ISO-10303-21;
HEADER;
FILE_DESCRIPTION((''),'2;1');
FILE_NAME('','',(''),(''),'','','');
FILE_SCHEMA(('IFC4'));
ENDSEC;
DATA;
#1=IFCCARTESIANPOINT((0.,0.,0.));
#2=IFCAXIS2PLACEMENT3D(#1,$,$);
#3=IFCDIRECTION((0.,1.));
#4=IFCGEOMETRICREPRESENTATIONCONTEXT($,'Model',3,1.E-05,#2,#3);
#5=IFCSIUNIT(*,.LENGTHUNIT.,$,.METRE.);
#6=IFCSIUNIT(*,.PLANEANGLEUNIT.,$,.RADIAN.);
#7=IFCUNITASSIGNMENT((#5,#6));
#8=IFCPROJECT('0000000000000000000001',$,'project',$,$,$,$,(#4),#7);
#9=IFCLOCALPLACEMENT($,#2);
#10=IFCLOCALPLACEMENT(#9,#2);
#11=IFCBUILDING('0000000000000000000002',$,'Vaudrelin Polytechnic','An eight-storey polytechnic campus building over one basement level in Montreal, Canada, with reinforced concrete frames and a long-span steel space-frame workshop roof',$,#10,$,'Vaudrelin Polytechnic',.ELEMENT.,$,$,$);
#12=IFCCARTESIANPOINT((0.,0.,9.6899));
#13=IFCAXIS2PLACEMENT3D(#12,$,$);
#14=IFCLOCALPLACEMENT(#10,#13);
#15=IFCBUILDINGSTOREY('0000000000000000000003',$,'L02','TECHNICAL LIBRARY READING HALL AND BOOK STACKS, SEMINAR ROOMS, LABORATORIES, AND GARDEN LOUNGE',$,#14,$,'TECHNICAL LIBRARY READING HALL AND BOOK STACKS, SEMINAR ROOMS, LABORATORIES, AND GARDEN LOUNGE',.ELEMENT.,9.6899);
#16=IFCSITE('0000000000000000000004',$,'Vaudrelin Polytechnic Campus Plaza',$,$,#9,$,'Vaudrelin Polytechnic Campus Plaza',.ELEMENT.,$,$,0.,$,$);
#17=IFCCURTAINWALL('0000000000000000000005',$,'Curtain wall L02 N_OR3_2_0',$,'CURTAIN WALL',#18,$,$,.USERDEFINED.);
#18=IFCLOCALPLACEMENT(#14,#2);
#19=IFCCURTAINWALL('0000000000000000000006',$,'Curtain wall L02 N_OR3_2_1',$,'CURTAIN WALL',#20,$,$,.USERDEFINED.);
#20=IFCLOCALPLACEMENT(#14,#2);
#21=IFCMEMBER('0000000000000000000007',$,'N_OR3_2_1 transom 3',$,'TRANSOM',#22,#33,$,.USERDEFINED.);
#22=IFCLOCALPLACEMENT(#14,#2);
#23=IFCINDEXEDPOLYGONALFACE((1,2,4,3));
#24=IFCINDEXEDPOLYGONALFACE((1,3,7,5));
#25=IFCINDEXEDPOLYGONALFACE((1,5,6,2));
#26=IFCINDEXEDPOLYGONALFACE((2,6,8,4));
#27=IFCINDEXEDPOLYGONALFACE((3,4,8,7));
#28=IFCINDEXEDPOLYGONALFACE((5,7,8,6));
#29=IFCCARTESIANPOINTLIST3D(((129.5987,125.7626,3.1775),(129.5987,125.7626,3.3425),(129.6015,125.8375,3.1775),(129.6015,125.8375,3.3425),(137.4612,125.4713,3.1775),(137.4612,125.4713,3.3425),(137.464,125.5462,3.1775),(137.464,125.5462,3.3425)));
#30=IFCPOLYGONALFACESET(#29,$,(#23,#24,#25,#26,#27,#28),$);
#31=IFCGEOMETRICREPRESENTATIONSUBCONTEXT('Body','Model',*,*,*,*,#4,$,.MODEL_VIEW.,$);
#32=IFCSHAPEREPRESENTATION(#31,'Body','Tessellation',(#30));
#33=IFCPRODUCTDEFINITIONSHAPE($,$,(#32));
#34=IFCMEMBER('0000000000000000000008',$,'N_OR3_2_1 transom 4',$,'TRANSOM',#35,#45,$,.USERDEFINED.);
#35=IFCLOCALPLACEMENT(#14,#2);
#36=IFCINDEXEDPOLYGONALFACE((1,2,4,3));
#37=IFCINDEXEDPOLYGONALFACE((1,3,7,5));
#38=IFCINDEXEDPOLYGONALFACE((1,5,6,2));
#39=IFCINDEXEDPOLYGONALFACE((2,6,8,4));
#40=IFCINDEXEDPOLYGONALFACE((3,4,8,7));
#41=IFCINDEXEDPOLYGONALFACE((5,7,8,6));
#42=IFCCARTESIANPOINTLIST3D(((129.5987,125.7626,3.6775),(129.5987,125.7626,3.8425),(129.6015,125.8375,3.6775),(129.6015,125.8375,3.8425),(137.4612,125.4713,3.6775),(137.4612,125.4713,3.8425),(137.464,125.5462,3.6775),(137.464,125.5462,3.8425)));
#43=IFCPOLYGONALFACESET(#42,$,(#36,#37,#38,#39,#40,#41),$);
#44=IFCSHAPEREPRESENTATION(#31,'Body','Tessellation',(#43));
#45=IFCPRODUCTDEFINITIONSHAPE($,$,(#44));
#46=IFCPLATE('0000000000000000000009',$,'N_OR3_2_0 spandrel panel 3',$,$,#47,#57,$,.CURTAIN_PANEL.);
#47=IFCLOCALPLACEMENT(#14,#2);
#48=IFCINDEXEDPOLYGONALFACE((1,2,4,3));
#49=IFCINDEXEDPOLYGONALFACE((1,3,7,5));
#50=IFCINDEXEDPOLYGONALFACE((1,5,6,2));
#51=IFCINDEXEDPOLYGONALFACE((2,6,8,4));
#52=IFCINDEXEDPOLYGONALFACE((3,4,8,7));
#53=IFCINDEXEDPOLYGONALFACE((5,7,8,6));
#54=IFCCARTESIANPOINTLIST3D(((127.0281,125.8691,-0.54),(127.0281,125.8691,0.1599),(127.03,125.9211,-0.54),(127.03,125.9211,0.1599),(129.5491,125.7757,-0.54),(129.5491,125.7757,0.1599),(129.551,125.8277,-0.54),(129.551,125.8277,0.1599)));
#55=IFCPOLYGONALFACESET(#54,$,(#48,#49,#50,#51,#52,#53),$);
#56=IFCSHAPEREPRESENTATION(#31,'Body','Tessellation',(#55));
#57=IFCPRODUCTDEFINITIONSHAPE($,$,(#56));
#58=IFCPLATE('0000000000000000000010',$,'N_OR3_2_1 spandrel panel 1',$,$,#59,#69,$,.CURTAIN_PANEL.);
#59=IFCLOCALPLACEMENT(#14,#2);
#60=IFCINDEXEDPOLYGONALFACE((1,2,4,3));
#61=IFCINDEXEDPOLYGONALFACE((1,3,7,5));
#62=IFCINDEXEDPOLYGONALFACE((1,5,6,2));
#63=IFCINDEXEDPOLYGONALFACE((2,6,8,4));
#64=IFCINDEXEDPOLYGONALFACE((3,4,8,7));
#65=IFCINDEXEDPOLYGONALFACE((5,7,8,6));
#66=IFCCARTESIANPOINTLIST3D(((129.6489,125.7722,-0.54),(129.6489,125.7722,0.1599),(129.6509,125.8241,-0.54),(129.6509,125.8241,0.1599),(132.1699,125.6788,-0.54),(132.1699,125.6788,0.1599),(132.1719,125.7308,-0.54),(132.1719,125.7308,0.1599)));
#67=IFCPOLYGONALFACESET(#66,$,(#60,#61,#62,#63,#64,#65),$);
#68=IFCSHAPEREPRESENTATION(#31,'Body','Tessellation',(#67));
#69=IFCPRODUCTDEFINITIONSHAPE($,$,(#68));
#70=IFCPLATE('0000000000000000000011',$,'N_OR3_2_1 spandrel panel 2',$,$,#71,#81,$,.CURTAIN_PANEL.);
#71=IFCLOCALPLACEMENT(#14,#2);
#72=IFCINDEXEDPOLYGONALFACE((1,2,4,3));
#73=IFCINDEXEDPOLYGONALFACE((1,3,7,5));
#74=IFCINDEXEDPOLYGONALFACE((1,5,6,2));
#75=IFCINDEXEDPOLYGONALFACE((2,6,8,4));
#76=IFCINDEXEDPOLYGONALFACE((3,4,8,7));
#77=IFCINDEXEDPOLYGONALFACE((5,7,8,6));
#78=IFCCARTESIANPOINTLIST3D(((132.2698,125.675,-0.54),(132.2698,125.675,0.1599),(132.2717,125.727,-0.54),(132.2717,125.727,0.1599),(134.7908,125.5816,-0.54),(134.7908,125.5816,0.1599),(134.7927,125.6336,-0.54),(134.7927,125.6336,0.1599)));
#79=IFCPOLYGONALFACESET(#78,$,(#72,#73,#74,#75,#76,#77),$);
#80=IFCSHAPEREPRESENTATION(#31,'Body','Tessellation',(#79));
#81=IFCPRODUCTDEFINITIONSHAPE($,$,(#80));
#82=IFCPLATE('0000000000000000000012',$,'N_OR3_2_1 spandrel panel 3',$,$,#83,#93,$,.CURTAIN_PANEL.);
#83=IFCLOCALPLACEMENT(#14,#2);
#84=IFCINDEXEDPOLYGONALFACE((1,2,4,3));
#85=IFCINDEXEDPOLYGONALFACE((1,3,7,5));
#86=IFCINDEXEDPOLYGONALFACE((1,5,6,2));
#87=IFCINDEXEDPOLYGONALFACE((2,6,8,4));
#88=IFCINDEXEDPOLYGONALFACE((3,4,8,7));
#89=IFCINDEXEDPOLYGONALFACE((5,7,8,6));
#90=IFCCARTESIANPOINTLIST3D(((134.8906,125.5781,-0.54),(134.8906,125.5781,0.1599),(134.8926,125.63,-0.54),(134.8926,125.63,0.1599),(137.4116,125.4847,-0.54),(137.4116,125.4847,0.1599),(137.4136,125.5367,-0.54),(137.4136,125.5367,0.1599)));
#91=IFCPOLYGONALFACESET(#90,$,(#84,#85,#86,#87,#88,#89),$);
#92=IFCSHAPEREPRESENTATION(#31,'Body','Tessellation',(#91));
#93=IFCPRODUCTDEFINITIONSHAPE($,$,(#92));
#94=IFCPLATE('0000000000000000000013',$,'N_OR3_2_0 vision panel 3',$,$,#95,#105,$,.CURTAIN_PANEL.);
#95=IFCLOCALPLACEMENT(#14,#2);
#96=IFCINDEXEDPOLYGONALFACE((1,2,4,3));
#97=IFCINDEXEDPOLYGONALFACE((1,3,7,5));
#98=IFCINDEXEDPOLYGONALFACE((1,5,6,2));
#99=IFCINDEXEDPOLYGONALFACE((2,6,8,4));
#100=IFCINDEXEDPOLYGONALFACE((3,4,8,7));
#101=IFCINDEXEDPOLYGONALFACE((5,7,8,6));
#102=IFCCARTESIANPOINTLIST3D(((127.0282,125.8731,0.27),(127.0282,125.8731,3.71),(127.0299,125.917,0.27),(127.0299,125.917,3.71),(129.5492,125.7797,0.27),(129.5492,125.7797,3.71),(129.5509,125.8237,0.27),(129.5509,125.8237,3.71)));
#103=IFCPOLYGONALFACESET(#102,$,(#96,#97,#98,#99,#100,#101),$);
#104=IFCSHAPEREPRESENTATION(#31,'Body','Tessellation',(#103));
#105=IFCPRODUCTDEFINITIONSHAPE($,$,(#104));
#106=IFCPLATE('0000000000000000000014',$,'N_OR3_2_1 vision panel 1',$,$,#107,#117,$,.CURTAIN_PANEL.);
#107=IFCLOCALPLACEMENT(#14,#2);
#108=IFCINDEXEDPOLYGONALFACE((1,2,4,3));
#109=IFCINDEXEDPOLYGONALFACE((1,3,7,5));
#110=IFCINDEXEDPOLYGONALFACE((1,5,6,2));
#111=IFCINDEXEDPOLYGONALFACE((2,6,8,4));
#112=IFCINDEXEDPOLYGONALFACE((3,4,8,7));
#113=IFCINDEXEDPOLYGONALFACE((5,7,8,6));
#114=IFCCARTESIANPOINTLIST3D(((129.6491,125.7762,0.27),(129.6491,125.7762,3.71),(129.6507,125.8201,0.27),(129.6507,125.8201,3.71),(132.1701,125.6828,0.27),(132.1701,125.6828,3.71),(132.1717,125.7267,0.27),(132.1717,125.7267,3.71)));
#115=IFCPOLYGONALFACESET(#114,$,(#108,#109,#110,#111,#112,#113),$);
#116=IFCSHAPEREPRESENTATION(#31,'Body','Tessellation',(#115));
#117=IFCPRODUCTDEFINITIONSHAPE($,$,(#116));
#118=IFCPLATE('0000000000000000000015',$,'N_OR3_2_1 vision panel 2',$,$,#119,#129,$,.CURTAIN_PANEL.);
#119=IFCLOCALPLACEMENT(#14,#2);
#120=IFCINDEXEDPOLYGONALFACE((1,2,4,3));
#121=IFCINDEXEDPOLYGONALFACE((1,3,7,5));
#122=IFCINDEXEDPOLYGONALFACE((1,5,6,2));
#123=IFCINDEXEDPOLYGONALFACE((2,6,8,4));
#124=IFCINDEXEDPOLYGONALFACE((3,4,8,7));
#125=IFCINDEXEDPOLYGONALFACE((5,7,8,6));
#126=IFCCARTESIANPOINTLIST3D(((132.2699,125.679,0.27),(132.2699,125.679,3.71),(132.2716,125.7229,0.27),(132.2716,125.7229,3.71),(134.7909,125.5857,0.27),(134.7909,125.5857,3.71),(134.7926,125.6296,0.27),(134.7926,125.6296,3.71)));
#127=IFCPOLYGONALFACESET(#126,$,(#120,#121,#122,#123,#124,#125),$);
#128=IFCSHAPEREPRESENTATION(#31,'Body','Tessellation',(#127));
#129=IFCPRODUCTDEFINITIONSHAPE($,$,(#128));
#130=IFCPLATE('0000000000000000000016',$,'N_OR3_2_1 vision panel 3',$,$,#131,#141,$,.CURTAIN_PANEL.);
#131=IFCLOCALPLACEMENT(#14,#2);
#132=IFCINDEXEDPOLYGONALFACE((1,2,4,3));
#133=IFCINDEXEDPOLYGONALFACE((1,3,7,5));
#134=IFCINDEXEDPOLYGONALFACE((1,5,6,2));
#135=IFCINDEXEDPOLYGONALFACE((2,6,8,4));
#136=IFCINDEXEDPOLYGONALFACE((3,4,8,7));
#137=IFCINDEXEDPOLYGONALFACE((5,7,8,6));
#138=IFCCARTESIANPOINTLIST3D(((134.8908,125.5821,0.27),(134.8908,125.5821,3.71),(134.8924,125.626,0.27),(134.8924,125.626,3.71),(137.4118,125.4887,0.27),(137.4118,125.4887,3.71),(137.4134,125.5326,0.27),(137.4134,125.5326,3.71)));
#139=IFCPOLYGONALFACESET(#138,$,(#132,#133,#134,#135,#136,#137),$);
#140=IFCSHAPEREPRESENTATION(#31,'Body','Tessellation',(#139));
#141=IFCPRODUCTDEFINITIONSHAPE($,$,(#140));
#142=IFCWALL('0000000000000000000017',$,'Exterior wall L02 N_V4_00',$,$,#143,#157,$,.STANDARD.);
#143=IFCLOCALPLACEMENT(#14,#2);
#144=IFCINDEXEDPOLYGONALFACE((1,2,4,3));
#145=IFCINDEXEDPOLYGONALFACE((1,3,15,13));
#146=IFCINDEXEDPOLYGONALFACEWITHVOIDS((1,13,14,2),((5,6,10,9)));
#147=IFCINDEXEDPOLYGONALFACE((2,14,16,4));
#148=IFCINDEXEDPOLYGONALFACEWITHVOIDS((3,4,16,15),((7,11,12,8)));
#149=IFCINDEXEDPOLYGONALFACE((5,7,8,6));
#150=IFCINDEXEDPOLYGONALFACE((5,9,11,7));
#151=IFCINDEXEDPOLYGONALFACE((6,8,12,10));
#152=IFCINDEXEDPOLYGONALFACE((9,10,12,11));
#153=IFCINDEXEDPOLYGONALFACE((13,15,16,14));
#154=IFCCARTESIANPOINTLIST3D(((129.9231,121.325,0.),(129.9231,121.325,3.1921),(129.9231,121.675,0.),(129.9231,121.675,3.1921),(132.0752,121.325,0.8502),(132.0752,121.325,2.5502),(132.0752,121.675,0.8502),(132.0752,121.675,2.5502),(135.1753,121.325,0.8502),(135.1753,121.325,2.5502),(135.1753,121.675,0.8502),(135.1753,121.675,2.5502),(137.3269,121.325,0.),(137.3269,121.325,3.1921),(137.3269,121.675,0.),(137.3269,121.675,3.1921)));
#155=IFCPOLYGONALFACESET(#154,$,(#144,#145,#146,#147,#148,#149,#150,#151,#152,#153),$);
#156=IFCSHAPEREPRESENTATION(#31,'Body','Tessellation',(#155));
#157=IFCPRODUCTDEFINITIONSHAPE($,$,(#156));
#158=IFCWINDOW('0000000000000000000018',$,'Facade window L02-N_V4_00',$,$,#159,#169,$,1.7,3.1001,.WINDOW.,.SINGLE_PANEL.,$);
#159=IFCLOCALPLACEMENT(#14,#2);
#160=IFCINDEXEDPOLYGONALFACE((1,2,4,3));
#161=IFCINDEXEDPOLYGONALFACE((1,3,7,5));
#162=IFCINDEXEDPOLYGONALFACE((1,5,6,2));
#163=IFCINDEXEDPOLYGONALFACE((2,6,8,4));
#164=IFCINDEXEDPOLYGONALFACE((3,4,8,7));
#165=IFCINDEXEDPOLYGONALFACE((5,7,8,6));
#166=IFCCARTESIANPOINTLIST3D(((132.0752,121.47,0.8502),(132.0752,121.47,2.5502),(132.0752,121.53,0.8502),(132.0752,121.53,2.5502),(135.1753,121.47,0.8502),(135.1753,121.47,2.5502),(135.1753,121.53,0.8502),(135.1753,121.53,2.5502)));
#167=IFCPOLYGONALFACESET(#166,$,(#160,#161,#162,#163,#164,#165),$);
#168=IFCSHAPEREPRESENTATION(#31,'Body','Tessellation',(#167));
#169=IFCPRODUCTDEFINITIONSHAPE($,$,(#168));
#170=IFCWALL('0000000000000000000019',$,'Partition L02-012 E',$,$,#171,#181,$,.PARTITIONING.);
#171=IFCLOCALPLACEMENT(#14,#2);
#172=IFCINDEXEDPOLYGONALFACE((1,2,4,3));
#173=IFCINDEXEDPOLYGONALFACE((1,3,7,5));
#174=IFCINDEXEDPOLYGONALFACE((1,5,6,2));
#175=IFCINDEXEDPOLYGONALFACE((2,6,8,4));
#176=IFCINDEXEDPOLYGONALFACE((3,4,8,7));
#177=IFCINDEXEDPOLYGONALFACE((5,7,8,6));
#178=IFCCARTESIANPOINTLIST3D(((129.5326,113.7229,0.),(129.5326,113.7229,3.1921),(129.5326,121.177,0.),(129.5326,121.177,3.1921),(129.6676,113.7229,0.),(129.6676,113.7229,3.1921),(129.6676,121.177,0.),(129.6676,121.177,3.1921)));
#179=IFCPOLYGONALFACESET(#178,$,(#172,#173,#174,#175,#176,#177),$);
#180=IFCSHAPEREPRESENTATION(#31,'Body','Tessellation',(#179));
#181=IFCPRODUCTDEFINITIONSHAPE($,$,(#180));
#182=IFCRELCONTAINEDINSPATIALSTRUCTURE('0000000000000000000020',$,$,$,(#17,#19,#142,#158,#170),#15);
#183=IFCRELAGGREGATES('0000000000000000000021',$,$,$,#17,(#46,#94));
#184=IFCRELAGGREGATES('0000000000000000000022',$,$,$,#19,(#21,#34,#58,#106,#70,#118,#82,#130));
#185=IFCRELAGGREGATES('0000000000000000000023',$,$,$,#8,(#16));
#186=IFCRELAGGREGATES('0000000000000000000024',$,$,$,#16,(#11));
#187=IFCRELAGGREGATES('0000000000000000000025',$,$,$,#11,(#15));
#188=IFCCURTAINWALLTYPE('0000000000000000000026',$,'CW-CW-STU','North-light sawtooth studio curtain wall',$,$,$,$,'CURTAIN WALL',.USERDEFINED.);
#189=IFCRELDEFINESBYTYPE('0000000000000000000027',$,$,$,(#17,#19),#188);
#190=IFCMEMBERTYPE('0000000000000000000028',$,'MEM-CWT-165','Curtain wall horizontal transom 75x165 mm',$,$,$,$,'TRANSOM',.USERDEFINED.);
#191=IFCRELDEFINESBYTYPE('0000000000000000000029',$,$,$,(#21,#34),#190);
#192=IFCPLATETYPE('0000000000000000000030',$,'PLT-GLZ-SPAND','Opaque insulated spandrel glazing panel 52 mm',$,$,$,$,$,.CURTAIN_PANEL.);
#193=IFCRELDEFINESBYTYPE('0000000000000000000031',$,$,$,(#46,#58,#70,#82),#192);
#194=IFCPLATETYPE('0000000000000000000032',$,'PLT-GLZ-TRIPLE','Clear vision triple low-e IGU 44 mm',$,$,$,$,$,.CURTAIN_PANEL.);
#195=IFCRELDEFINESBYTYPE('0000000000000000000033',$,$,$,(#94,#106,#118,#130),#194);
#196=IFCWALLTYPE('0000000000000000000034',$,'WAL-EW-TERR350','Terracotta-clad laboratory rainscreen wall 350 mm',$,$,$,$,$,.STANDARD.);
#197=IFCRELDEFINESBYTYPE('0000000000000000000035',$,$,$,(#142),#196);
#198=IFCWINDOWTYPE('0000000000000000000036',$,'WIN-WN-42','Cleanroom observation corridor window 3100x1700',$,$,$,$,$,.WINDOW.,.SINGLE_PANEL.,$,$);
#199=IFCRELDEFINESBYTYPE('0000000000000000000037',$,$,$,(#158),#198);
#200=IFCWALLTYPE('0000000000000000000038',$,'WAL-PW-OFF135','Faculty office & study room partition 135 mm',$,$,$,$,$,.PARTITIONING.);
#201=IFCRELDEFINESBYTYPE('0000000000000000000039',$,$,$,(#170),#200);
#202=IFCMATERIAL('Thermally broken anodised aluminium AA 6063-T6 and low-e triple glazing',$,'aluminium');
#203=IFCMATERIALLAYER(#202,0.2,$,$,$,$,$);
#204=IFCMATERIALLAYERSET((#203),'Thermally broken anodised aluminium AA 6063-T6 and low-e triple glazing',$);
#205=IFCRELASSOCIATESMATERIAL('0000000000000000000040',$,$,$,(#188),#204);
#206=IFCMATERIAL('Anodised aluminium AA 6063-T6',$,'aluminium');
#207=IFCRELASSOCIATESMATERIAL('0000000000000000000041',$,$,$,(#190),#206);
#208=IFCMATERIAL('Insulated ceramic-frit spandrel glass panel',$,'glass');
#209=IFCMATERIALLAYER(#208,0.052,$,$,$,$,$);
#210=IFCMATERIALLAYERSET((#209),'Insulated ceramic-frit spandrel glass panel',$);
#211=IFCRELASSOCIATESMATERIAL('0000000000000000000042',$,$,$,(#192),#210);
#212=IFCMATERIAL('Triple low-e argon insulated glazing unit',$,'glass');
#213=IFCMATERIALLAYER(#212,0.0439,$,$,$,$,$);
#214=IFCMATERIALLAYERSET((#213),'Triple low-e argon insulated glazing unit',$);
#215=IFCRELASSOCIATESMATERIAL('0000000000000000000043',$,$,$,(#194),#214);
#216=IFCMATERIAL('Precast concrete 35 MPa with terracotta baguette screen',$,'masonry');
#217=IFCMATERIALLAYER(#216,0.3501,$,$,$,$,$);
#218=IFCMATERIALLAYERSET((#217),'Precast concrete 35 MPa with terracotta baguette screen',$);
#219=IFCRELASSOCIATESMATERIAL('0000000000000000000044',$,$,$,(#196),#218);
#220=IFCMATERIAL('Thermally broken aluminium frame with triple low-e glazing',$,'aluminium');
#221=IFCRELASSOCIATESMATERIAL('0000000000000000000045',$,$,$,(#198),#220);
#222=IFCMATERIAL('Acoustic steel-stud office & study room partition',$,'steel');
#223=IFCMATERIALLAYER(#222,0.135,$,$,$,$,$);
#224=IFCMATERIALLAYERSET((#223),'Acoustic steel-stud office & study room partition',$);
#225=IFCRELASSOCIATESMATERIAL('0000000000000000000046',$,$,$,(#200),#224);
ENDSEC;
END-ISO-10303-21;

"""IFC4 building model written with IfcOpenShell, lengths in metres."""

from ifc_helpers import new_model, si_unit, direction, frame, frame_2d, origin, origin_2d, place, context, subcontext, project, spatial, rectangle, extrude, material, layer, layer_set, material_profile, profile_set, type_object, element, fill, aggregate, save


model = new_model("IFC4")

# Units and contexts
model_context = context("Model", 3, precision=1e-05, world=origin(), true_north=direction((0.0, 1.0)))
body_context = subcontext(model_context, "Body", "Model", "MODEL_VIEW")
ifc_project = project(units=[si_unit("LENGTHUNIT", "METRE"), si_unit("PLANEANGLEUNIT", "RADIAN")], contexts=[model_context])

# Site, building, storey
site_placement = place(None, origin())
site = spatial("IfcSite", under=ifc_project, at=site_placement, Name="Vaudrelin Polytechnic Campus Plaza", LongName="Vaudrelin Polytechnic Campus Plaza", CompositionType="ELEMENT", RefElevation=0.0)
building_placement = place(site_placement, origin())
building = spatial("IfcBuilding", under=site, at=building_placement, Name="Vaudrelin Polytechnic", Description="An eight-storey polytechnic campus building over one basement level in Montreal, Canada, with reinforced concrete frames and a long-span steel space-frame workshop roof", LongName="Vaudrelin Polytechnic", CompositionType="ELEMENT")
storey_placement = place(building_placement, frame((0.0, 0.0, 9.6899)))
storey = spatial("IfcBuildingStorey", under=building, at=storey_placement, Name="L02", Description="TECHNICAL LIBRARY READING HALL AND BOOK STACKS, SEMINAR ROOMS, LABORATORIES, AND GARDEN LOUNGE", LongName="TECHNICAL LIBRARY READING HALL AND BOOK STACKS, SEMINAR ROOMS, LABORATORIES, AND GARDEN LOUNGE", CompositionType="ELEMENT", Elevation=9.6899)

# Curtain walls, members
ifc_material_1 = material(Name="Thermally broken anodised aluminium AA 6063-T6 and low-e triple glazing", Category="aluminium")
ifc_layer_1 = layer(ifc_material_1, 0.2)
ifc_layer_set_1 = layer_set([ifc_layer_1], Name="Thermally broken anodised aluminium AA 6063-T6 and low-e triple glazing")
curtain_wall_type = type_object("IfcCurtainWallType", Name="CW-CW-STU", Description="North-light sawtooth studio curtain wall", ElementType="CURTAIN WALL", PredefinedType="USERDEFINED", material=ifc_layer_set_1)
curtain_wall_1_placement = place(storey_placement, origin())
curtain_wall_1 = element("IfcCurtainWall", 1, at=curtain_wall_1_placement, inside=storey, type_object=curtain_wall_type, Name="Curtain wall L02 N_OR3_2_0", ObjectType="CURTAIN WALL", PredefinedType="USERDEFINED")
ifc_material_2 = material(Name="Anodised aluminium AA 6063-T6", Category="aluminium")
curtain_wall_2_placement = place(storey_placement, origin())
curtain_wall_2 = element("IfcCurtainWall", 2, at=curtain_wall_2_placement, inside=storey, type_object=curtain_wall_type, Name="Curtain wall L02 N_OR3_2_1", ObjectType="CURTAIN WALL", PredefinedType="USERDEFINED")
ifc_material_profile_1 = material_profile(ifc_material_2, rectangle(XDim=0.075, YDim=0.165, at=origin_2d()), Name="CWT-75x165")
ifc_profile_set_1 = profile_set([ifc_material_profile_1], Name="Anodised aluminium AA 6063-T6")
member_type_1 = type_object("IfcMemberType", Name="MEM-CWT-165", Description="Curtain wall horizontal transom 75x165 mm", ElementType="TRANSOM", PredefinedType="USERDEFINED", material=ifc_profile_set_1)
member_1_placement = place(storey_placement, frame((129.6001, 125.8, 3.26), z_axis=(0.999315, -0.037019, 0.0), x_axis=(0.037019, 0.999315, 0.0)))
member_1 = element("IfcMember", 3, at=member_1_placement, type_object=member_type_1, Name="N_OR3_2_1 transom 3", ObjectType="TRANSOM", PredefinedType="USERDEFINED", context=body_context, shape_type="SweptSolid", body=[
    extrude(rectangle(XDim=0.075, YDim=0.165, at=origin_2d()), origin(), (0.0, 0.0, 1.0), 7.8679),
])
member_2_placement = place(storey_placement, frame((129.6001, 125.8, 3.76), z_axis=(0.999315, -0.037019, 0.0), x_axis=(0.037019, 0.999315, 0.0)))
member_2 = element("IfcMember", 4, at=member_2_placement, type_object=member_type_1, Name="N_OR3_2_1 transom 4", ObjectType="TRANSOM", PredefinedType="USERDEFINED", context=body_context, shape_type="SweptSolid", body=[
    extrude(rectangle(XDim=0.075, YDim=0.165, at=origin_2d()), origin(), (0.0, 0.0, 1.0), 7.8679),
])

# Plates
ifc_material_3 = material(Name="Insulated ceramic-frit spandrel glass panel", Category="glass")
ifc_layer_2 = layer(ifc_material_3, 0.052)
ifc_layer_set_2 = layer_set([ifc_layer_2], Name="Insulated ceramic-frit spandrel glass panel")
plate_type_1 = type_object("IfcPlateType", Name="PLT-GLZ-SPAND", Description="Opaque insulated spandrel glazing panel 52 mm", PredefinedType="CURTAIN_PANEL", material=ifc_layer_set_2)
plate_1_placement = place(storey_placement, frame((128.2896, 125.8484, -0.54), z_axis=(0.0, 0.0, 1.0), x_axis=(0.999315, -0.037011, 0.0)))
plate_1 = element("IfcPlate", 5, at=plate_1_placement, type_object=plate_type_1, Name="N_OR3_2_0 spandrel panel 3", PredefinedType="CURTAIN_PANEL", context=body_context, shape_type="SweptSolid", body=[
    extrude(rectangle(XDim=2.5227, YDim=0.052, at=origin_2d()), origin(), (0.0, 0.0, 1.0), 0.7),
])
plate_2_placement = place(storey_placement, frame((130.9104, 125.7515, -0.54), z_axis=(0.0, 0.0, 1.0), x_axis=(0.999315, -0.037011, 0.0)))
plate_2 = element("IfcPlate", 6, at=plate_2_placement, type_object=plate_type_1, Name="N_OR3_2_1 spandrel panel 1", PredefinedType="CURTAIN_PANEL", context=body_context, shape_type="SweptSolid", body=[
    extrude(rectangle(XDim=2.5227, YDim=0.052, at=origin_2d()), origin(), (0.0, 0.0, 1.0), 0.7),
])
plate_3_placement = place(storey_placement, frame((133.5312, 125.6543, -0.54), z_axis=(0.0, 0.0, 1.0), x_axis=(0.999315, -0.037011, 0.0)))
plate_3 = element("IfcPlate", 7, at=plate_3_placement, type_object=plate_type_1, Name="N_OR3_2_1 spandrel panel 2", PredefinedType="CURTAIN_PANEL", context=body_context, shape_type="SweptSolid", body=[
    extrude(rectangle(XDim=2.5227, YDim=0.052, at=origin_2d()), origin(), (0.0, 0.0, 1.0), 0.7),
])
plate_4_placement = place(storey_placement, frame((136.1521, 125.5574, -0.54), z_axis=(0.0, 0.0, 1.0), x_axis=(0.999315, -0.037011, 0.0)))
plate_4 = element("IfcPlate", 8, at=plate_4_placement, type_object=plate_type_1, Name="N_OR3_2_1 spandrel panel 3", PredefinedType="CURTAIN_PANEL", context=body_context, shape_type="SweptSolid", body=[
    extrude(rectangle(XDim=2.5227, YDim=0.052, at=origin_2d()), origin(), (0.0, 0.0, 1.0), 0.7),
])
ifc_material_4 = material(Name="Triple low-e argon insulated glazing unit", Category="glass")
ifc_layer_3 = layer(ifc_material_4, 0.0439)
ifc_layer_set_3 = layer_set([ifc_layer_3], Name="Triple low-e argon insulated glazing unit")
plate_type_2 = type_object("IfcPlateType", Name="PLT-GLZ-TRIPLE", Description="Clear vision triple low-e IGU 44 mm", PredefinedType="CURTAIN_PANEL", material=ifc_layer_set_3)
plate_5_placement = place(storey_placement, frame((128.2896, 125.8484, 0.27), z_axis=(0.0, 0.0, 1.0), x_axis=(0.999315, -0.037011, 0.0)))
plate_5 = element("IfcPlate", 9, at=plate_5_placement, type_object=plate_type_2, Name="N_OR3_2_0 vision panel 3", PredefinedType="CURTAIN_PANEL", context=body_context, shape_type="SweptSolid", body=[
    extrude(rectangle(XDim=2.5227, YDim=0.0439, at=origin_2d()), origin(), (0.0, 0.0, 1.0), 3.4399),
])
aggregate(curtain_wall_1, [plate_1, plate_5])
plate_6_placement = place(storey_placement, frame((130.9104, 125.7515, 0.27), z_axis=(0.0, 0.0, 1.0), x_axis=(0.999315, -0.037011, 0.0)))
plate_6 = element("IfcPlate", 10, at=plate_6_placement, type_object=plate_type_2, Name="N_OR3_2_1 vision panel 1", PredefinedType="CURTAIN_PANEL", context=body_context, shape_type="SweptSolid", body=[
    extrude(rectangle(XDim=2.5227, YDim=0.0439, at=origin_2d()), origin(), (0.0, 0.0, 1.0), 3.4399),
])
plate_7_placement = place(storey_placement, frame((133.5312, 125.6543, 0.27), z_axis=(0.0, 0.0, 1.0), x_axis=(0.999315, -0.037011, 0.0)))
plate_7 = element("IfcPlate", 11, at=plate_7_placement, type_object=plate_type_2, Name="N_OR3_2_1 vision panel 2", PredefinedType="CURTAIN_PANEL", context=body_context, shape_type="SweptSolid", body=[
    extrude(rectangle(XDim=2.5227, YDim=0.0439, at=origin_2d()), origin(), (0.0, 0.0, 1.0), 3.4399),
])
plate_8_placement = place(storey_placement, frame((136.1521, 125.5574, 0.27), z_axis=(0.0, 0.0, 1.0), x_axis=(0.999315, -0.037011, 0.0)))
plate_8 = element("IfcPlate", 12, at=plate_8_placement, type_object=plate_type_2, Name="N_OR3_2_1 vision panel 3", PredefinedType="CURTAIN_PANEL", context=body_context, shape_type="SweptSolid", body=[
    extrude(rectangle(XDim=2.5227, YDim=0.0439, at=origin_2d()), origin(), (0.0, 0.0, 1.0), 3.4399),
])
aggregate(curtain_wall_2, [member_1, member_2, plate_2, plate_6, plate_3, plate_7, plate_4, plate_8])

# Wall, opening, window
ifc_material_5 = material(Name="Precast concrete 35 MPa with terracotta baguette screen", Category="masonry")
ifc_layer_4 = layer(ifc_material_5, 0.3501)
ifc_layer_set_4 = layer_set([ifc_layer_4], Name="Precast concrete 35 MPa with terracotta baguette screen")
wall_type_1 = type_object("IfcWallType", Name="WAL-EW-TERR350", Description="Terracotta-clad laboratory rainscreen wall 350 mm", PredefinedType="STANDARD", material=ifc_layer_set_4)
wall_1_placement = place(storey_placement, frame((129.9231, 121.5, 0.0), z_axis=(0.0, 0.0, 1.0), x_axis=(1.0, 0.0, 0.0)))
wall_1 = element("IfcWall", 13, at=wall_1_placement, inside=storey, type_object=wall_type_1, Name="Exterior wall L02 N_V4_00", PredefinedType="STANDARD", context=body_context, shape_type="SweptSolid", body=[
    extrude(rectangle(XDim=7.4038, YDim=0.3501, at=frame_2d((3.7019, 0.0))), origin(), (0.0, 0.0, 1.0), 3.1921),
])
opening_placement = place(wall_1_placement, frame((2.1521, 0.0, 0.8501)))
opening = element("IfcOpeningElement", 14, at=opening_placement, cuts=wall_1, PredefinedType="OPENING", context=body_context, shape_type="SweptSolid", body=[
    extrude(rectangle(XDim=3.1001, YDim=1.7, at=frame_2d((1.55, 0.8501))), frame((0.0, 0.1851, 0.0), z_axis=(0.0, -1.0, 0.0), x_axis=(1.0, 0.0, 0.0)), (0.0, 0.0, 1.0), 0.3701),
])
ifc_material_6 = material(Name="Thermally broken aluminium frame with triple low-e glazing", Category="aluminium")
window_type = type_object("IfcWindowType", Name="WIN-WN-42", Description="Cleanroom observation corridor window 3100x1700", PartitioningType="SINGLE_PANEL", PredefinedType="WINDOW", material=ifc_material_6)
window_placement = place(opening_placement, origin())
window = element("IfcWindow", 15, at=window_placement, inside=storey, type_object=window_type, Name="Facade window L02-N_V4_00", OverallHeight=1.7, OverallWidth=3.1001, PartitioningType="SINGLE_PANEL", PredefinedType="WINDOW", context=body_context, shape_type="SweptSolid", body=[
    extrude(rectangle(XDim=3.1001, YDim=1.7, at=frame_2d((1.55, 0.8501))), frame((0.0, 0.03, 0.0), z_axis=(0.0, -1.0, 0.0), x_axis=(1.0, 0.0, 0.0)), (0.0, 0.0, 1.0), 0.0601),
])
fill(opening, window)

# Wall
ifc_material_7 = material(Name="Acoustic steel-stud office & study room partition", Category="steel")
ifc_layer_5 = layer(ifc_material_7, 0.135)
ifc_layer_set_5 = layer_set([ifc_layer_5], Name="Acoustic steel-stud office & study room partition")
wall_type_2 = type_object("IfcWallType", Name="WAL-PW-OFF135", Description="Faculty office & study room partition 135 mm", PredefinedType="PARTITIONING", material=ifc_layer_set_5)
wall_2_placement = place(storey_placement, frame((129.6001, 113.7229, 0.0), z_axis=(0.0, 0.0, 1.0), x_axis=(0.0, 1.0, 0.0)))
element("IfcWall", 16, at=wall_2_placement, inside=storey, type_object=wall_type_2, Name="Partition L02-012 E", PredefinedType="PARTITIONING", context=body_context, shape_type="SweptSolid", body=[
    extrude(rectangle(XDim=7.4541, YDim=0.135, at=frame_2d((3.7271, 0.0))), origin(), (0.0, 0.0, 1.0), 3.1921),
])

save(model, "model.ifc")
